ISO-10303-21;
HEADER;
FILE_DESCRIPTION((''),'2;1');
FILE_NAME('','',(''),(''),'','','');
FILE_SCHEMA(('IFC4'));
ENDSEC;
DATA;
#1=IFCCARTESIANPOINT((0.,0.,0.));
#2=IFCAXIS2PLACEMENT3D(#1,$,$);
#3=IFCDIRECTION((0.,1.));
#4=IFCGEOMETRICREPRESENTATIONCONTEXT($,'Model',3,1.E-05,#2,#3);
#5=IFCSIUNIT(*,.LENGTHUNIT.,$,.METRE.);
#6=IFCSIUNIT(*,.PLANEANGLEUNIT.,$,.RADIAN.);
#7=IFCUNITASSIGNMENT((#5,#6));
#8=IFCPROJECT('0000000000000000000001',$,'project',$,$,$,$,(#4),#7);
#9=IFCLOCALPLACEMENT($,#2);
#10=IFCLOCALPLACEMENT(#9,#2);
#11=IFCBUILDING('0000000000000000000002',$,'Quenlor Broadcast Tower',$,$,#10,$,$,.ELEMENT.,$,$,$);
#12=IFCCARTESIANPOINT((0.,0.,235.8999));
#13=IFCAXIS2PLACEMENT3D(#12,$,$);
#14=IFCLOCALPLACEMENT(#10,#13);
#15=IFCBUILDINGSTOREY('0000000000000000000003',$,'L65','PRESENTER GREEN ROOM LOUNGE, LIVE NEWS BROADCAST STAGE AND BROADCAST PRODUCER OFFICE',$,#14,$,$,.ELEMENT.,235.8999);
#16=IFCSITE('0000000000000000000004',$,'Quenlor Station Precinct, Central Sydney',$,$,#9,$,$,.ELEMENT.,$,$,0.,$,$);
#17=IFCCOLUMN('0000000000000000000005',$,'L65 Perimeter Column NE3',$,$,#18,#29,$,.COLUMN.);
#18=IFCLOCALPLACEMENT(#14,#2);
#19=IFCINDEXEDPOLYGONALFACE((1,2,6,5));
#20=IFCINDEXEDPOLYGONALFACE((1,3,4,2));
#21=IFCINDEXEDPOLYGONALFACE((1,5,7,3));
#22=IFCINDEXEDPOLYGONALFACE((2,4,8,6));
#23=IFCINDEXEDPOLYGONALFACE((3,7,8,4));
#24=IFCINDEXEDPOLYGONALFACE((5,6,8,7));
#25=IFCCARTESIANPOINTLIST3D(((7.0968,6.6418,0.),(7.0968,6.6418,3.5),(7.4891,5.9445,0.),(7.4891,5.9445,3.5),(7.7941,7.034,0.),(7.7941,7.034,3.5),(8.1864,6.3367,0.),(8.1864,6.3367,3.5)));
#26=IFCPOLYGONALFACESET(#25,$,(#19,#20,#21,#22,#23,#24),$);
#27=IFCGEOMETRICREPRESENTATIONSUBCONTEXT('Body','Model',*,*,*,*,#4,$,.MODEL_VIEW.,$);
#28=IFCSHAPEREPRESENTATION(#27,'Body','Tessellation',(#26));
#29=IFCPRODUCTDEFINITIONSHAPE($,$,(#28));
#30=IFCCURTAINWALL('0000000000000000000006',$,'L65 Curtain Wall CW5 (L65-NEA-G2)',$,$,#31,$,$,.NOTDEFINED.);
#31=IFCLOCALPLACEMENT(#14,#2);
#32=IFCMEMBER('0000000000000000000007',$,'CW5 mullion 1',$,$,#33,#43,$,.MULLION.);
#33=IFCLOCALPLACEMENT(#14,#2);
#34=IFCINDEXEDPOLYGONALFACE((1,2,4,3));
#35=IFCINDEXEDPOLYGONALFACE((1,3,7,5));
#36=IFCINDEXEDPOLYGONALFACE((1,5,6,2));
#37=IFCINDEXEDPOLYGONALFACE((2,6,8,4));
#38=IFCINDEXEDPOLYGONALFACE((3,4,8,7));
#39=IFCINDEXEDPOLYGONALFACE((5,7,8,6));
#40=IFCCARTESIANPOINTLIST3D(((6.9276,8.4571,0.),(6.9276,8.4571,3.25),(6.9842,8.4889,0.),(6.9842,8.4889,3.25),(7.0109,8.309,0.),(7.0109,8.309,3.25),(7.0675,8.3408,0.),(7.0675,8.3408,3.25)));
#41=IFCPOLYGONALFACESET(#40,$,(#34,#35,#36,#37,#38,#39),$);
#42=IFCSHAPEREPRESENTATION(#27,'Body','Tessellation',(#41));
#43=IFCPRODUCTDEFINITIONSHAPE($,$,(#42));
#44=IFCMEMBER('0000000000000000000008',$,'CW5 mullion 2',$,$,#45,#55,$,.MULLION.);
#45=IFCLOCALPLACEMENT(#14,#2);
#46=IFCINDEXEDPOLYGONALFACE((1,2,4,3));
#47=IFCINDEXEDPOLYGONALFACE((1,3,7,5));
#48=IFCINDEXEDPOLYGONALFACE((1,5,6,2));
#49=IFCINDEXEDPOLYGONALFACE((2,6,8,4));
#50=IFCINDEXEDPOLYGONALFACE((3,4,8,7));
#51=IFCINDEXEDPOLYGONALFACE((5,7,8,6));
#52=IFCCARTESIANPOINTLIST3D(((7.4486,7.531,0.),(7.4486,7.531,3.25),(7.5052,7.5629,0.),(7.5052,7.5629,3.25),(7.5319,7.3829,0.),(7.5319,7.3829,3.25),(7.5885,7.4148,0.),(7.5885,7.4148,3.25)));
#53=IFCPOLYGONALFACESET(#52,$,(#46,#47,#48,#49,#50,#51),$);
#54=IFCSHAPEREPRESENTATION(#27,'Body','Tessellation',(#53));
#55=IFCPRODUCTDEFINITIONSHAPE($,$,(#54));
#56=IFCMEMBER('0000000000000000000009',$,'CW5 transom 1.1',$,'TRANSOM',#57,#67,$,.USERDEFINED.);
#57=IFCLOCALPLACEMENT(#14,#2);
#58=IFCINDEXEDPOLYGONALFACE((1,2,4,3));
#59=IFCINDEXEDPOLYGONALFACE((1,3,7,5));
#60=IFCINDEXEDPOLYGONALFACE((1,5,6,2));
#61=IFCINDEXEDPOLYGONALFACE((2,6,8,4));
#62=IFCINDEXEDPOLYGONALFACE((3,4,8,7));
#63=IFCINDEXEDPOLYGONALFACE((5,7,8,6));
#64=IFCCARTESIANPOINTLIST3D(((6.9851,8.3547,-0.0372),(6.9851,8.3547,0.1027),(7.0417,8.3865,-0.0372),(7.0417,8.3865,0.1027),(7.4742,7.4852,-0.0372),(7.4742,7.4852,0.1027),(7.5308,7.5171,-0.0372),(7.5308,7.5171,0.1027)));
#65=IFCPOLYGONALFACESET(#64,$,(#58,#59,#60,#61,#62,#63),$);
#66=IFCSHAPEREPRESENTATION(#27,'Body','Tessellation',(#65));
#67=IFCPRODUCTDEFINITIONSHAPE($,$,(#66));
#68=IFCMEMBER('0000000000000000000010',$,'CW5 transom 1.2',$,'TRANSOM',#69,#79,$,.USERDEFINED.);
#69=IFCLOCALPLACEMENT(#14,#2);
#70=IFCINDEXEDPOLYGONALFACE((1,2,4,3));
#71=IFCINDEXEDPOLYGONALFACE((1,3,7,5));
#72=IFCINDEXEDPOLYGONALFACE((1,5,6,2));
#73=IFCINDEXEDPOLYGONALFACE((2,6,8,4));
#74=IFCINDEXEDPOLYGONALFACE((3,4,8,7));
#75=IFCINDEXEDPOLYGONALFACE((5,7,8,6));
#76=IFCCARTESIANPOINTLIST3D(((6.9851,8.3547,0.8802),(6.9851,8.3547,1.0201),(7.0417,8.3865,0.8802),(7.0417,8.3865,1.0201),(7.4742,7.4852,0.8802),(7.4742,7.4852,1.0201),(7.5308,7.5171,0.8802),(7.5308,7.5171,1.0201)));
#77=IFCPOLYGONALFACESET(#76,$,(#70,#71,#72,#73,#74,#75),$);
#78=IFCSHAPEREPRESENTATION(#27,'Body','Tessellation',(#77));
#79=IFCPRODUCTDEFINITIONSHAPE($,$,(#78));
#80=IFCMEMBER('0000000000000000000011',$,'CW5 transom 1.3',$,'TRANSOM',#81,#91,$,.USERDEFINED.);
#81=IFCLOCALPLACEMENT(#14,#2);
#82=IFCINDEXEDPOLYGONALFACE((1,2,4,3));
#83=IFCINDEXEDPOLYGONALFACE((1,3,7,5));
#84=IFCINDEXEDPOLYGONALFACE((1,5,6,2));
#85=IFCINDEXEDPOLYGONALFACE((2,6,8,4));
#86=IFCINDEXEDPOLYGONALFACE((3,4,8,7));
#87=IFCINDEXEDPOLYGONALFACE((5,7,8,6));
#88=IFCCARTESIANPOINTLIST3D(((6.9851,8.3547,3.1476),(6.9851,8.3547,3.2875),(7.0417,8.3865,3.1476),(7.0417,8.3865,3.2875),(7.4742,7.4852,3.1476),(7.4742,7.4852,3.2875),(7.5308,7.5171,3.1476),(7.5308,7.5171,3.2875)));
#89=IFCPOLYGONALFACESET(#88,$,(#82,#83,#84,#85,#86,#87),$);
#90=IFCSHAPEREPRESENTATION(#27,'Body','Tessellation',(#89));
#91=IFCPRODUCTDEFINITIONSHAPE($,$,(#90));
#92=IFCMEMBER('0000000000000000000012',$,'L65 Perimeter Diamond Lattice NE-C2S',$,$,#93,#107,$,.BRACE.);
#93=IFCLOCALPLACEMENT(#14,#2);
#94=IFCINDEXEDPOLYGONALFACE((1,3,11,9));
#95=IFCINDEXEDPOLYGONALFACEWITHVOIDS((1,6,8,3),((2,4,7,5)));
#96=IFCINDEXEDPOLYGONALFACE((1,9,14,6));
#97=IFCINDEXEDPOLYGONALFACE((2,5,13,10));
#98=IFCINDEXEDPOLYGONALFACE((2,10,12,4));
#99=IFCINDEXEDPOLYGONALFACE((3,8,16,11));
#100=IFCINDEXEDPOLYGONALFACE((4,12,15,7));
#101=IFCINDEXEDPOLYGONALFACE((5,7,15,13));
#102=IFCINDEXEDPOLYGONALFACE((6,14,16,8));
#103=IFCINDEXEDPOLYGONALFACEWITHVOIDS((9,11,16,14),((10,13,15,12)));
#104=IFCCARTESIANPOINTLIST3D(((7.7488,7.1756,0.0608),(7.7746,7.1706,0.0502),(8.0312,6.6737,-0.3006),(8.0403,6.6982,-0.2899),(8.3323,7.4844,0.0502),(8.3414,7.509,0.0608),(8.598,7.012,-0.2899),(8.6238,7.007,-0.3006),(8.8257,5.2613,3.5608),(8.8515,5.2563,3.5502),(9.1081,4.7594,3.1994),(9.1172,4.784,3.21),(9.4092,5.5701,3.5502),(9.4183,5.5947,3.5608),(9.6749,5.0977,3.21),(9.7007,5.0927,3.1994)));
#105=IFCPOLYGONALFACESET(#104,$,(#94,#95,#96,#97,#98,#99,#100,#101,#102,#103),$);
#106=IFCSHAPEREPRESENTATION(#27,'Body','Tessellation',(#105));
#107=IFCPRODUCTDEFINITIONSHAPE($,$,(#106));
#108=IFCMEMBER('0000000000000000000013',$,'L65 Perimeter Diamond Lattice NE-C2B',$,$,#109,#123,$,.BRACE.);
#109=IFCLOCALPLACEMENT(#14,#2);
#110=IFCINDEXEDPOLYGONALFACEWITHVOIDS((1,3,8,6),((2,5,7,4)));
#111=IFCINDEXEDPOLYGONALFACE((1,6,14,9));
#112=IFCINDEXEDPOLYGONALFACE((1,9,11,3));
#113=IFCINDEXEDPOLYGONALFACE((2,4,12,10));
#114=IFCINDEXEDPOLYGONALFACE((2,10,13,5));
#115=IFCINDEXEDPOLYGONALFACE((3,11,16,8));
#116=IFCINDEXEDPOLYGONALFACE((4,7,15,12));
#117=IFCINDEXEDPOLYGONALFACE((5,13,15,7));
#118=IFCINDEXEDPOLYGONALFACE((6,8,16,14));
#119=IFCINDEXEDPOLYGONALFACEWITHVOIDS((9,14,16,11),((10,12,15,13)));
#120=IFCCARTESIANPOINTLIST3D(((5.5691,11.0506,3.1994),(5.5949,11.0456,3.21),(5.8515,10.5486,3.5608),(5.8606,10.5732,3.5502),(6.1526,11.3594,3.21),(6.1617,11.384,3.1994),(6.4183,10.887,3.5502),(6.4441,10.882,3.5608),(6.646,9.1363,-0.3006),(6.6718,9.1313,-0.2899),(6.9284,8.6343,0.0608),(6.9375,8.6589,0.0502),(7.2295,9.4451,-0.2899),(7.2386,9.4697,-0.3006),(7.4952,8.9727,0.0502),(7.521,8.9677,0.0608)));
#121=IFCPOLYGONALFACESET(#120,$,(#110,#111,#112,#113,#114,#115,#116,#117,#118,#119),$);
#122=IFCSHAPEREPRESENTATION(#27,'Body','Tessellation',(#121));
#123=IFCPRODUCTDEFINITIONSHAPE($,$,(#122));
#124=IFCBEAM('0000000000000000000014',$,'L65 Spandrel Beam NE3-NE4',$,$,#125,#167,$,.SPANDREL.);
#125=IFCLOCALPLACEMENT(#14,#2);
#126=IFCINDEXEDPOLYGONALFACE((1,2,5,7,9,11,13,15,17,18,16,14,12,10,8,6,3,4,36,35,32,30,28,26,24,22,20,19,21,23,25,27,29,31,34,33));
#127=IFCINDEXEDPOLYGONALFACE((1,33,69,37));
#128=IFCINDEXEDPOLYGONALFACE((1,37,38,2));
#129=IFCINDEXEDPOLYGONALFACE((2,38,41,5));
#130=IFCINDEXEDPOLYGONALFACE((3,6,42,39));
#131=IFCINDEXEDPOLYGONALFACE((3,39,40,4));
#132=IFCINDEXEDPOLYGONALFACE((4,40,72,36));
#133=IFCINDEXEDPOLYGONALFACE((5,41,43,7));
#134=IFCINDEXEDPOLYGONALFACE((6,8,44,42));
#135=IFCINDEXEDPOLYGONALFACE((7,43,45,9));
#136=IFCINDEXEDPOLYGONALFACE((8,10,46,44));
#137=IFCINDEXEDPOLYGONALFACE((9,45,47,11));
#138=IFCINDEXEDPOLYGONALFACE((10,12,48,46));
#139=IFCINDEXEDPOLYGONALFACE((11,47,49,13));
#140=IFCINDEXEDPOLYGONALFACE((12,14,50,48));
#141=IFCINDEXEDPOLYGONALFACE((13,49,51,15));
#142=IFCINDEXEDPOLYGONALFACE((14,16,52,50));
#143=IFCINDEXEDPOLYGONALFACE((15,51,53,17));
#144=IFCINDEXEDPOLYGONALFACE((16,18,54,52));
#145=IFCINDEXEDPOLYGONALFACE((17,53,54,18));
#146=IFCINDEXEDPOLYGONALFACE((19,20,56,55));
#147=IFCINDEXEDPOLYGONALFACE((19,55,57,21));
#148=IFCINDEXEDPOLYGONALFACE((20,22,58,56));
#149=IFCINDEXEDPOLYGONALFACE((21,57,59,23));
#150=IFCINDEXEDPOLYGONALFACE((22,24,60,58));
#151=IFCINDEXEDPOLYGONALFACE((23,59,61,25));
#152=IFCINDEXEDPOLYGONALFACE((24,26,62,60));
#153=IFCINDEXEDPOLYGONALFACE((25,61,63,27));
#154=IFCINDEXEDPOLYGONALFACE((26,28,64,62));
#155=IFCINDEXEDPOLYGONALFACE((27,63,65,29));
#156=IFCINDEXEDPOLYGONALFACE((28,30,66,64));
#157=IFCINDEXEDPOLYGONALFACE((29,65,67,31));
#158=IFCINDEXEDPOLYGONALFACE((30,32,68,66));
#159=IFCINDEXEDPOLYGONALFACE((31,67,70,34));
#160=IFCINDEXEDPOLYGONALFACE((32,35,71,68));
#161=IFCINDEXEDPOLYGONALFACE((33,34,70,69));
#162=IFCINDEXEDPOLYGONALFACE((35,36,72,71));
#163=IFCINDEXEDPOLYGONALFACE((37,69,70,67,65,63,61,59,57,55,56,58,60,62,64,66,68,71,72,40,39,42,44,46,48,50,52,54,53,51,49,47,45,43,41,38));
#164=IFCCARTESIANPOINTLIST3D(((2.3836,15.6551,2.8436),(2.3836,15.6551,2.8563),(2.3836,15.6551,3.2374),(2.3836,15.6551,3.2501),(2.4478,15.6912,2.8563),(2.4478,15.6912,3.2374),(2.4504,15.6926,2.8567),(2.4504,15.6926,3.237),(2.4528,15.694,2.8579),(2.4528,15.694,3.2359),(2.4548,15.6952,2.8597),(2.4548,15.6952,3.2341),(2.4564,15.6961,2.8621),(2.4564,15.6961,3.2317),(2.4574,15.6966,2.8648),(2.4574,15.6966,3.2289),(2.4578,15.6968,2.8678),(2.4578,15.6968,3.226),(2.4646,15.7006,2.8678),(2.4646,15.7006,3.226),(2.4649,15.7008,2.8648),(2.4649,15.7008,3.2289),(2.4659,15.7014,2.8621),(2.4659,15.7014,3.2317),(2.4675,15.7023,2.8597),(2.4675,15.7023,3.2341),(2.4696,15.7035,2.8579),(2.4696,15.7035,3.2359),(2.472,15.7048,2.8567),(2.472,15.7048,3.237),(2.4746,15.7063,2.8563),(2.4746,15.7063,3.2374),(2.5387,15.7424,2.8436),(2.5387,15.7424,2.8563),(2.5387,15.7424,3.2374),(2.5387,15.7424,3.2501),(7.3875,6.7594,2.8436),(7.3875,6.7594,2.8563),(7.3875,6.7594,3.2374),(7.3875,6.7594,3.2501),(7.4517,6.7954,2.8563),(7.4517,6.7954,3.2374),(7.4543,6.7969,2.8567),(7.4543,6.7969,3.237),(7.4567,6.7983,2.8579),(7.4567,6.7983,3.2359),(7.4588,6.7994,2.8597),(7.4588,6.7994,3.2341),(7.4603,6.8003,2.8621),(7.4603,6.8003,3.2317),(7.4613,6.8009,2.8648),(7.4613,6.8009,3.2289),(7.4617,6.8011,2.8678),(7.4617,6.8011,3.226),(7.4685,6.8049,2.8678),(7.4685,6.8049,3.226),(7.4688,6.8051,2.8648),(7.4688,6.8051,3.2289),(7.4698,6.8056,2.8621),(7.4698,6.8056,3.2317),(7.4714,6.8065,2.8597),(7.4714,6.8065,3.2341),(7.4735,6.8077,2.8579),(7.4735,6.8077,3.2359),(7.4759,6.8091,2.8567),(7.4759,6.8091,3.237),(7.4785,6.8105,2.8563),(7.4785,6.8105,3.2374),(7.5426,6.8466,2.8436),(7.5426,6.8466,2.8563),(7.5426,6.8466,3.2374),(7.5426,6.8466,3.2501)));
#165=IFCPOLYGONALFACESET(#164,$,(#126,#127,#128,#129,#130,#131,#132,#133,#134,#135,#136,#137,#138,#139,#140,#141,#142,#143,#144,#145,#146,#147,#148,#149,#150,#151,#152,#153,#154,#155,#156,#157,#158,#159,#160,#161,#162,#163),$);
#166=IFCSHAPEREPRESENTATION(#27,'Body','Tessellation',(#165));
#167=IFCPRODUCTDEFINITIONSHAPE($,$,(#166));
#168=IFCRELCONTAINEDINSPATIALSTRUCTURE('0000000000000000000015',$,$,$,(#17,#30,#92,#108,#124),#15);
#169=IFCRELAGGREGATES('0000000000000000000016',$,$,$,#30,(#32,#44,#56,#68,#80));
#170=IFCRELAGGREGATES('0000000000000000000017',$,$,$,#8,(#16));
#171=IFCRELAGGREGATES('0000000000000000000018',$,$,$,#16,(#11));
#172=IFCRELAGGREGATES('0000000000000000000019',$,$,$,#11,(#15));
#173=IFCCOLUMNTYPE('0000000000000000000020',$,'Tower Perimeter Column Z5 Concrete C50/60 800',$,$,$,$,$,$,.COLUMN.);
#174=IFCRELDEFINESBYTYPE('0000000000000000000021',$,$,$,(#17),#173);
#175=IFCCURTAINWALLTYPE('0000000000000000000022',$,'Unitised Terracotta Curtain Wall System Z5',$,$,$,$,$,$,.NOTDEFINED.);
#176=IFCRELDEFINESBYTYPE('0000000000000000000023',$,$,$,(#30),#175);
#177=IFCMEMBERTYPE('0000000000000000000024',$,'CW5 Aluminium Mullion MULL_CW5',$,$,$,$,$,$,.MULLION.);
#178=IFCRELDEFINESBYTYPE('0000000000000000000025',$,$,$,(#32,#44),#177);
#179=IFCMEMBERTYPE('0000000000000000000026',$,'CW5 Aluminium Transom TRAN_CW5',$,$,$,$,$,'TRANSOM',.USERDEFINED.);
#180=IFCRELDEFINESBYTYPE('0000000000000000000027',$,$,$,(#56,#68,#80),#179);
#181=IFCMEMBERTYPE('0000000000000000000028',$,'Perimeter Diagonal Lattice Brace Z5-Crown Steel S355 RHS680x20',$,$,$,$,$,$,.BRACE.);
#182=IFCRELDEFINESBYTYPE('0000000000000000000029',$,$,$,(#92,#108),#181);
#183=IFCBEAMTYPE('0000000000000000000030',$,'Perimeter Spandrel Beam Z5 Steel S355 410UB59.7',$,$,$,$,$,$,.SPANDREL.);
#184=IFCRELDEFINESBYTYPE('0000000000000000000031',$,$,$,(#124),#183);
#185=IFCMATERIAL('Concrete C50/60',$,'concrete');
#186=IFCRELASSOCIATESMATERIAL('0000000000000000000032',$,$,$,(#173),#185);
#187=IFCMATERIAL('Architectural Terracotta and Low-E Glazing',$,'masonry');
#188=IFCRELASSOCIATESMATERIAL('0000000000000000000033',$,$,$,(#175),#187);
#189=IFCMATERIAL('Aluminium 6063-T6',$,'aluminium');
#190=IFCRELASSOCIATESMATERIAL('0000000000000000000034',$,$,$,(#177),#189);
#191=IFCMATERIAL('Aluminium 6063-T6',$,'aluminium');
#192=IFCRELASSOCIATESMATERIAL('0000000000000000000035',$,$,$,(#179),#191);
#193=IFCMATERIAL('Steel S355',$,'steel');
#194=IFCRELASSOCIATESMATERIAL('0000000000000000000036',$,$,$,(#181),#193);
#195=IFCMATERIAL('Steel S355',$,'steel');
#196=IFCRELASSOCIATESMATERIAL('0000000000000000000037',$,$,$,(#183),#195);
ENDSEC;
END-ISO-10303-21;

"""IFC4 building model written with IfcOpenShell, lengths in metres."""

from ifc_helpers import new_model, si_unit, direction, frame, origin, origin_2d, place, context, subcontext, project, spatial, rectangle, hollow_rectangle, i_section, extrude, material, material_profile, profile_set, type_object, element, aggregate, save


model = new_model("IFC4")

# Units and contexts
model_context = context("Model", 3, precision=1e-05, world=origin(), true_north=direction((0.0, 1.0)))
body_context = subcontext(model_context, "Body", "Model", "MODEL_VIEW")
ifc_project = project(units=[si_unit("LENGTHUNIT", "METRE"), si_unit("PLANEANGLEUNIT", "RADIAN")], contexts=[model_context])

# Site, building, storey
site_placement = place(None, origin())
site = spatial("IfcSite", under=ifc_project, at=site_placement, Name="Quenlor Station Precinct, Central Sydney", CompositionType="ELEMENT", RefElevation=0.0)
building_placement = place(site_placement, origin())
building = spatial("IfcBuilding", under=site, at=building_placement, Name="Quenlor Broadcast Tower", CompositionType="ELEMENT")
storey_placement = place(building_placement, frame((0.0, 0.0, 235.8999)))
storey = spatial("IfcBuildingStorey", under=building, at=storey_placement, Name="L65", Description="PRESENTER GREEN ROOM LOUNGE, LIVE NEWS BROADCAST STAGE AND BROADCAST PRODUCER OFFICE", CompositionType="ELEMENT", Elevation=235.8999)

# Column
ifc_material_1 = material(Name="Concrete C50/60", Category="concrete")
ifc_material_profile_1 = material_profile(ifc_material_1, rectangle(XDim=0.8, YDim=0.8, at=origin_2d()))
ifc_profile_set_1 = profile_set([ifc_material_profile_1], Name="Concrete C50/60 RC800x800")
column_type = type_object("IfcColumnType", Name="Tower Perimeter Column Z5 Concrete C50/60 800", PredefinedType="COLUMN", material=ifc_profile_set_1)
column_placement = place(storey_placement, frame((7.6416, 6.4893, 0.0), z_axis=(0.0, 0.0, 1.0), x_axis=(0.871575, 0.490262, 0.0)))
element("IfcColumn", 1, at=column_placement, inside=storey, type_object=column_type, Name="L65 Perimeter Column NE3", PredefinedType="COLUMN", context=body_context, shape_type="SweptSolid", body=[
    extrude(rectangle(XDim=0.8, YDim=0.8, at=origin_2d()), origin(), (0.0, 0.0, 1.0), 3.5),
])

# Curtain wall, members
ifc_material_2 = material(Name="Architectural Terracotta and Low-E Glazing", Category="masonry")
curtain_wall_type = type_object("IfcCurtainWallType", Name="Unitised Terracotta Curtain Wall System Z5", PredefinedType="NOTDEFINED", material=ifc_material_2)
curtain_wall_placement = place(storey_placement, origin())
curtain_wall = element("IfcCurtainWall", 2, at=curtain_wall_placement, inside=storey, type_object=curtain_wall_type, Name="L65 Curtain Wall CW5 (L65-NEA-G2)", PredefinedType="NOTDEFINED")
ifc_material_3 = material(Name="Aluminium 6063-T6", Category="aluminium")
ifc_material_profile_2 = material_profile(ifc_material_3, rectangle(XDim=0.0649, YDim=0.1699, at=origin_2d()))
ifc_profile_set_2 = profile_set([ifc_material_profile_2], Name="Aluminium 6063-T6 MULL65x170")
member_type_1 = type_object("IfcMemberType", Name="CW5 Aluminium Mullion MULL_CW5", PredefinedType="MULLION", material=ifc_profile_set_2)
member_1_placement = place(storey_placement, frame((6.9976, 8.3989, 0.0), z_axis=(0.0, 0.0, 1.0), x_axis=(0.871564, 0.490282, 0.0)))
member_1 = element("IfcMember", 3, at=member_1_placement, type_object=member_type_1, Name="CW5 mullion 1", PredefinedType="MULLION", context=body_context, shape_type="SweptSolid", body=[
    extrude(rectangle(XDim=0.0649, YDim=0.1699, at=origin_2d()), origin(), (0.0, 0.0, 1.0), 3.25),
])
member_2_placement = place(storey_placement, frame((7.5186, 7.4729, 0.0), z_axis=(0.0, 0.0, 1.0), x_axis=(0.871564, 0.490282, 0.0)))
member_2 = element("IfcMember", 4, at=member_2_placement, type_object=member_type_1, Name="CW5 mullion 2", PredefinedType="MULLION", context=body_context, shape_type="SweptSolid", body=[
    extrude(rectangle(XDim=0.0649, YDim=0.1699, at=origin_2d()), origin(), (0.0, 0.0, 1.0), 3.25),
])
ifc_material_4 = material(Name="Aluminium 6063-T6", Category="aluminium")
ifc_material_profile_3 = material_profile(ifc_material_4, rectangle(XDim=0.0649, YDim=0.1399, at=origin_2d()))
ifc_profile_set_3 = profile_set([ifc_material_profile_3], Name="Aluminium 6063-T6 TRAN65x140")
member_type_2 = type_object("IfcMemberType", Name="CW5 Aluminium Transom TRAN_CW5", ElementType="TRANSOM", PredefinedType="USERDEFINED", material=ifc_profile_set_3)
member_3_placement = place(storey_placement, frame((7.0134, 8.3706, 0.0327), z_axis=(0.49025, -0.871582, 0.0), x_axis=(0.871582, 0.49025, 0.0)))
member_3 = element("IfcMember", 5, at=member_3_placement, type_object=member_type_2, Name="CW5 transom 1.1", ObjectType="TRANSOM", PredefinedType="USERDEFINED", context=body_context, shape_type="SweptSolid", body=[
    extrude(rectangle(XDim=0.0649, YDim=0.1399, at=origin_2d()), origin(), (0.0, 0.0, 1.0), 0.9976),
])
member_4_placement = place(storey_placement, frame((7.0134, 8.3706, 0.9502), z_axis=(0.49025, -0.871582, 0.0), x_axis=(0.871582, 0.49025, 0.0)))
member_4 = element("IfcMember", 6, at=member_4_placement, type_object=member_type_2, Name="CW5 transom 1.2", ObjectType="TRANSOM", PredefinedType="USERDEFINED", context=body_context, shape_type="SweptSolid", body=[
    extrude(rectangle(XDim=0.0649, YDim=0.1399, at=origin_2d()), origin(), (0.0, 0.0, 1.0), 0.9976),
])
member_5_placement = place(storey_placement, frame((7.0134, 8.3706, 3.2175), z_axis=(0.49025, -0.871582, 0.0), x_axis=(0.871582, 0.49025, 0.0)))
member_5 = element("IfcMember", 7, at=member_5_placement, type_object=member_type_2, Name="CW5 transom 1.3", ObjectType="TRANSOM", PredefinedType="USERDEFINED", context=body_context, shape_type="SweptSolid", body=[
    extrude(rectangle(XDim=0.0649, YDim=0.1399, at=origin_2d()), origin(), (0.0, 0.0, 1.0), 0.9976),
])

# Members
ifc_material_5 = material(Name="Steel S355", Category="steel")
ifc_material_profile_4 = material_profile(ifc_material_5, hollow_rectangle(XDim=0.6799, YDim=0.6799, WallThickness=0.02, at=origin_2d()))
ifc_profile_set_4 = profile_set([ifc_material_profile_4], Name="Steel S355 RHS680x680x20")
member_type_3 = type_object("IfcMemberType", Name="Perimeter Diagonal Lattice Brace Z5-Crown Steel S355 RHS680x20", PredefinedType="BRACE", material=ifc_profile_set_4)
for number, where, z_axis, x_axis, name in (
    (8, (8.1863, 7.0913, -0.1199), (0.260619, -0.463276, 0.847026), (0.871555, 0.490298, 0.0), "L65 Perimeter Diamond Lattice NE-C2S"),
    (9, (7.0835, 9.052, -0.1199), (-0.260619, 0.463276, 0.847026), (-0.871555, -0.490298, 0.0), "L65 Perimeter Diamond Lattice NE-C2B"),
):
    element("IfcMember", number, at=place(storey_placement, frame(where, z_axis=z_axis, x_axis=x_axis)), inside=storey, type_object=member_type_3, Name=name, PredefinedType="BRACE", context=body_context, shape_type="SweptSolid", body=[
        extrude(hollow_rectangle(XDim=0.6799, YDim=0.6799, WallThickness=0.02, at=origin_2d()), origin(), (0.0, 0.0, 1.0), 4.1321),
    ])

# Beam
ifc_material_6 = material(Name="Steel S355", Category="steel")
ifc_material_profile_5 = material_profile(ifc_material_6, i_section(OverallWidth=0.178, OverallDepth=0.4065, WebThickness=0.0078, FlangeThickness=0.0127, FilletRadius=0.0115, at=origin_2d()))
ifc_profile_set_5 = profile_set([ifc_material_profile_5], Name="Steel S355 410UB59.7")
beam_type_1 = type_object("IfcBeamType", Name="Perimeter Spandrel Beam Z5 Steel S355 410UB59.7", PredefinedType="SPANDREL", material=ifc_profile_set_5)
beam_1_placement = place(storey_placement, frame((7.4651, 6.803, 3.0469), z_axis=(-0.490265, 0.871574, 0.0), x_axis=(-0.871574, -0.490265, 0.0)))
element("IfcBeam", 10, at=beam_1_placement, inside=storey, type_object=beam_type_1, Name="L65 Spandrel Beam NE3-NE4", PredefinedType="SPANDREL", context=body_context, shape_type="SweptSolid", body=[
    extrude(i_section(OverallWidth=0.178, OverallDepth=0.4065, WebThickness=0.0078, FlangeThickness=0.0127, FilletRadius=0.0115, at=origin_2d()), origin(), (0.0, 0.0, 1.0), 10.2065),
])

aggregate(curtain_wall, [member_1, member_2, member_3, member_4, member_5])

save(model, "model.ifc")
